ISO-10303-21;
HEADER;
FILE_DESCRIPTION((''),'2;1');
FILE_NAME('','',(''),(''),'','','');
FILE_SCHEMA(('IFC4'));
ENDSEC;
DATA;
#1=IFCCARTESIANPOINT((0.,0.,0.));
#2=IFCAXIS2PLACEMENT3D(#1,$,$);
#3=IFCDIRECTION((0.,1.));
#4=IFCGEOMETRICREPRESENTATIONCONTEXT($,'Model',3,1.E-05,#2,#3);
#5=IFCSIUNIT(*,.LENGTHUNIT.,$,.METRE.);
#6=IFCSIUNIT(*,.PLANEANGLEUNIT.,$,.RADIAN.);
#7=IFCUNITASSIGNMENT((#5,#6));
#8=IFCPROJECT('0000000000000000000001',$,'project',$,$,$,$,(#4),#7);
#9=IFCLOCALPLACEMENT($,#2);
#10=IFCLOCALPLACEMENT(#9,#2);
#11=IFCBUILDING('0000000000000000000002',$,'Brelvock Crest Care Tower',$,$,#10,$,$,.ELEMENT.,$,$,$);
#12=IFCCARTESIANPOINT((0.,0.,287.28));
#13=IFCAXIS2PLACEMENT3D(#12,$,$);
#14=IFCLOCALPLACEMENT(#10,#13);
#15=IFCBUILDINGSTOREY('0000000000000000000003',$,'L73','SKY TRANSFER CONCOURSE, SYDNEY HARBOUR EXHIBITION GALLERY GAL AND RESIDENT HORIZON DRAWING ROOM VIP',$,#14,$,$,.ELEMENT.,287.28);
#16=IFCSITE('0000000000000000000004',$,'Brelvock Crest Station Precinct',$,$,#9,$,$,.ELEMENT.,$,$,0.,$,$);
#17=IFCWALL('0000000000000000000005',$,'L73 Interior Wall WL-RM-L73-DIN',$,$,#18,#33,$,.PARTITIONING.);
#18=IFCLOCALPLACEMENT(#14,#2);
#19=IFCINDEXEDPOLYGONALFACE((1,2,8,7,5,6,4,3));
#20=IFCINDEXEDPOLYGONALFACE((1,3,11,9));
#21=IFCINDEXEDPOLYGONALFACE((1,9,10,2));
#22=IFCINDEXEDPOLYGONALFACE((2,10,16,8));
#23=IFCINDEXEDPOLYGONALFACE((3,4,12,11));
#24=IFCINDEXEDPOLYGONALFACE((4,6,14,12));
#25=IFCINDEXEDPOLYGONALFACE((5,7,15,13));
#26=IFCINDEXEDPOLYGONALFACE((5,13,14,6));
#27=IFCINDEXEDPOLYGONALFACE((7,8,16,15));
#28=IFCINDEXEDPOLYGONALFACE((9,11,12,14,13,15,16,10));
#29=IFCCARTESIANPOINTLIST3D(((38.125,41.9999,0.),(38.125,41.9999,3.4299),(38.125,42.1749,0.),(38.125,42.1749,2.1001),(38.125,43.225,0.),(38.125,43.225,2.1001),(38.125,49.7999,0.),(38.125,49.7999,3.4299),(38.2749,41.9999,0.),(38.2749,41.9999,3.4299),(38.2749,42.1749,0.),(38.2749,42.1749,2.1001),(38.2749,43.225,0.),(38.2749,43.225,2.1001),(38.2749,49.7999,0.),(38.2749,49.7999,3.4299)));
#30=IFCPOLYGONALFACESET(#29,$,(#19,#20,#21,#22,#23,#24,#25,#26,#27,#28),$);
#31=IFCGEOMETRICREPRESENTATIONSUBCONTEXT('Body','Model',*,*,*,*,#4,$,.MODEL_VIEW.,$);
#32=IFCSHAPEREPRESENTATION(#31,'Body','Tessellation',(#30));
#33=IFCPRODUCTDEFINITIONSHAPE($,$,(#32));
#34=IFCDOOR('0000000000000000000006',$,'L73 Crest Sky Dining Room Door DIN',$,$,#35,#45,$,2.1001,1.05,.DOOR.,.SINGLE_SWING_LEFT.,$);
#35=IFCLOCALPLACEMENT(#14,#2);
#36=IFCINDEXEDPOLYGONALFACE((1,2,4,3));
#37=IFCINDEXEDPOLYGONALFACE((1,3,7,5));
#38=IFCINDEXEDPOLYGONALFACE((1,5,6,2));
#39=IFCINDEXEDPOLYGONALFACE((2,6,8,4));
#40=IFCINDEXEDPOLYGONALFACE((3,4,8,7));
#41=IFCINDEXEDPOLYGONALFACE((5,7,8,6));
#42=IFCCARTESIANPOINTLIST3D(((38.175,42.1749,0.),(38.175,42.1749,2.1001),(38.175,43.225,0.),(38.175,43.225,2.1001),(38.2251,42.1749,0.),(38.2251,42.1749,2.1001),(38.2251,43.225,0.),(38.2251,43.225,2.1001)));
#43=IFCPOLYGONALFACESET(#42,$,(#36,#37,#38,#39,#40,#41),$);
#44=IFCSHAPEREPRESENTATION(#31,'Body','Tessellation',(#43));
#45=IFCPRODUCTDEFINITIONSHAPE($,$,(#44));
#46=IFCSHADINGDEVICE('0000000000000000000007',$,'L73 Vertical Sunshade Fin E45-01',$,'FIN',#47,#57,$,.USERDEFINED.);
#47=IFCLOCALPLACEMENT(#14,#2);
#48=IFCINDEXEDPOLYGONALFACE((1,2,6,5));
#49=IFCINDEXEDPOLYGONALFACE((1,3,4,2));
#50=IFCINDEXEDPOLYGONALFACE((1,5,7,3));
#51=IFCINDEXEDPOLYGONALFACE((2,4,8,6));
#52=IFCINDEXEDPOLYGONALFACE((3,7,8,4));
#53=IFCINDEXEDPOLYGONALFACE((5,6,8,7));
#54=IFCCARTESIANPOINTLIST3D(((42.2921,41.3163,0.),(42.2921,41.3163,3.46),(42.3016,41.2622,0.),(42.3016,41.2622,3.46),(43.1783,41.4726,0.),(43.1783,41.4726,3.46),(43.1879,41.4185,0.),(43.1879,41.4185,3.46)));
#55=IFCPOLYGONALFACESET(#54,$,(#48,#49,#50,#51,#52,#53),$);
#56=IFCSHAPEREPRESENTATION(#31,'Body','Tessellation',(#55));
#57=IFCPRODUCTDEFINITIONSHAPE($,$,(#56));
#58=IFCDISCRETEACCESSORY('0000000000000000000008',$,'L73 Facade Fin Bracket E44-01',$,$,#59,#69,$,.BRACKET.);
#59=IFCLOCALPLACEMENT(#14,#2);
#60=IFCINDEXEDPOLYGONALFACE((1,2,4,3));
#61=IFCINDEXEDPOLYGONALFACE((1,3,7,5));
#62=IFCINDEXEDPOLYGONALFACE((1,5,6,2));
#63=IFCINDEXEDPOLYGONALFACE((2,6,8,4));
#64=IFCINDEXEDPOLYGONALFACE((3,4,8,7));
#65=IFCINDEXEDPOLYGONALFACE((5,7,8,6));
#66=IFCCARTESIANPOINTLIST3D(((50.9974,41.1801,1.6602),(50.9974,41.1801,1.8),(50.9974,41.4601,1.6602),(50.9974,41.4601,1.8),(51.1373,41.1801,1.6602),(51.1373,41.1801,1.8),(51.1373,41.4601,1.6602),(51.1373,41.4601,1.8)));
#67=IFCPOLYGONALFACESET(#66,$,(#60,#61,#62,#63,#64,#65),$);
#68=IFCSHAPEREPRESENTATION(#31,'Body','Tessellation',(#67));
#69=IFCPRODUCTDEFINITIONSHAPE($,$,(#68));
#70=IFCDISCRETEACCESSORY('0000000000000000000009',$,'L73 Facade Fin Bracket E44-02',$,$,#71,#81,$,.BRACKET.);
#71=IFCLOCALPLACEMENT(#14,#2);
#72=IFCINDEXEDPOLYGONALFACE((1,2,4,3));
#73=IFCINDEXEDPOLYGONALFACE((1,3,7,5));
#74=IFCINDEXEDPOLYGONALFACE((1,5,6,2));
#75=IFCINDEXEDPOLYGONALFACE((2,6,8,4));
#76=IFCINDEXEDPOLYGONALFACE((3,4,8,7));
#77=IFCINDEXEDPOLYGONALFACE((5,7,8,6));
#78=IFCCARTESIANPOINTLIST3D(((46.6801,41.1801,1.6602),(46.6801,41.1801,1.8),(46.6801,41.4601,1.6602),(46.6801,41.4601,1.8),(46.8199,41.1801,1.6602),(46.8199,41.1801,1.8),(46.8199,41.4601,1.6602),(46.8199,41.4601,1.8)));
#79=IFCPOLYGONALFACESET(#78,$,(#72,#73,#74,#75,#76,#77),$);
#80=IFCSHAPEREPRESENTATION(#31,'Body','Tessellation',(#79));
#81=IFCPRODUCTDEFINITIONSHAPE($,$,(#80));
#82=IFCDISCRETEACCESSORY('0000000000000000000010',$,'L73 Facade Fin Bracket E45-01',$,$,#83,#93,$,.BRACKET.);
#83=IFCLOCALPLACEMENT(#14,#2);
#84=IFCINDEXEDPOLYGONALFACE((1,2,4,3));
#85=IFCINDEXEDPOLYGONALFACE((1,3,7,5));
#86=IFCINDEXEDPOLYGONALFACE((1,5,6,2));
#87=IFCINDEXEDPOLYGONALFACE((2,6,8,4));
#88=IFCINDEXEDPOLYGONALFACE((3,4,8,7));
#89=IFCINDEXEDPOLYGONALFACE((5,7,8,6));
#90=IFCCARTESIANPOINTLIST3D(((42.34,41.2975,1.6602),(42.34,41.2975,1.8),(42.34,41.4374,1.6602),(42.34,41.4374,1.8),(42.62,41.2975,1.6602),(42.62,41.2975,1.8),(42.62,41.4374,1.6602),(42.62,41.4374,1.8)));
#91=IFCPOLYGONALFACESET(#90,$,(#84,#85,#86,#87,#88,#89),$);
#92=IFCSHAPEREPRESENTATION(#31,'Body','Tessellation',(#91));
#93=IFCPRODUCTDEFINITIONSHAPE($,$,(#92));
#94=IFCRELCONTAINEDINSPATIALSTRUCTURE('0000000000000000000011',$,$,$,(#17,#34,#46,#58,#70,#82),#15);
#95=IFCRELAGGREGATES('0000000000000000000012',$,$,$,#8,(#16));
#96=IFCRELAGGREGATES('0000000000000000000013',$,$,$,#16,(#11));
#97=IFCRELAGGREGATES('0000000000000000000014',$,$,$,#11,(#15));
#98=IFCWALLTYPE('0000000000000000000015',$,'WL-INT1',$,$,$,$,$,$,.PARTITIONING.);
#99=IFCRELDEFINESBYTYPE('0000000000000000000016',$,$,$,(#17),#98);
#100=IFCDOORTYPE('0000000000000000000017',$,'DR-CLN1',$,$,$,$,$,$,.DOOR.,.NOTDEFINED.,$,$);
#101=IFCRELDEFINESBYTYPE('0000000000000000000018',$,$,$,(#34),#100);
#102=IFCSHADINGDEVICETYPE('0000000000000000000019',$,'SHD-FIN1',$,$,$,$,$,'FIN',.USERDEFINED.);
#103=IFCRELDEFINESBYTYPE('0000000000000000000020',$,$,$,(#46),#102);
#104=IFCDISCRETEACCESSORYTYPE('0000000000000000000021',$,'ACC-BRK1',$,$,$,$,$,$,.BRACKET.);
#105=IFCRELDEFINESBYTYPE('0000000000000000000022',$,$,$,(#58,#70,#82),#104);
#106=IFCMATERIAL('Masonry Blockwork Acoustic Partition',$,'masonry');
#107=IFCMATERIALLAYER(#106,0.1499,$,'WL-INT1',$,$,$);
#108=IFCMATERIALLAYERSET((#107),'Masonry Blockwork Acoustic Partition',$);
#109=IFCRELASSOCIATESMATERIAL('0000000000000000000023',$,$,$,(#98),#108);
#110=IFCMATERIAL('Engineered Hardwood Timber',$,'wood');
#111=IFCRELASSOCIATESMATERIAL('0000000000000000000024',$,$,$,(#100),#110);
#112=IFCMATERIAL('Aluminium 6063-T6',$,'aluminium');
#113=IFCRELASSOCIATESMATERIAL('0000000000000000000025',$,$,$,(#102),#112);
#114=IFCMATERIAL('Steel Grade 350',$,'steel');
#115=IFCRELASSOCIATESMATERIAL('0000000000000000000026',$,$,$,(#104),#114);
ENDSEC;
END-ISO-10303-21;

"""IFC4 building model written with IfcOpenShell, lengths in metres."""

from ifc_helpers import new_model, si_unit, direction, frame, frame_2d, origin, origin_2d, place, context, subcontext, project, spatial, rectangle, extrude, source, transform, mapped, material, layer, layer_set, material_profile, profile_set, type_object, element, fill, save


model = new_model("IFC4")

# Units and contexts
model_context = context("Model", 3, precision=1e-05, world=origin(), true_north=direction((0.0, 1.0)))
body_context = subcontext(model_context, "Body", "Model", "MODEL_VIEW")
ifc_project = project(units=[si_unit("LENGTHUNIT", "METRE"), si_unit("PLANEANGLEUNIT", "RADIAN")], contexts=[model_context])

# Site, building, storey
site_placement = place(None, origin())
site = spatial("IfcSite", under=ifc_project, at=site_placement, Name="Brelvock Crest Station Precinct", CompositionType="ELEMENT", RefElevation=0.0)
building_placement = place(site_placement, origin())
building = spatial("IfcBuilding", under=site, at=building_placement, Name="Brelvock Crest Care Tower", CompositionType="ELEMENT")
storey_placement = place(building_placement, frame((0.0, 0.0, 287.28)))
storey = spatial("IfcBuildingStorey", under=building, at=storey_placement, Name="L73", Description="SKY TRANSFER CONCOURSE, SYDNEY HARBOUR EXHIBITION GALLERY GAL AND RESIDENT HORIZON DRAWING ROOM VIP", CompositionType="ELEMENT", Elevation=287.28)

# Shared definitions
ifc_material_1 = material(Name="Steel Grade 350", Category="steel")

# Shared definitions
ifc_material_2 = material(Name="Aluminium 6063-T6", Category="aluminium")

# Shared definitions
ifc_material_3 = material(Name="Masonry Blockwork Acoustic Partition", Category="masonry")
ifc_layer_1 = layer(ifc_material_3, 0.1499, Name="WL-INT1")
ifc_layer_set_1 = layer_set([ifc_layer_1], Name="Masonry Blockwork Acoustic Partition")
wall_type_1 = type_object("IfcWallType", Name="WL-INT1", PredefinedType="PARTITIONING", material=ifc_layer_set_1)

# Wall, opening, door
ifc_material_4 = material(Name="Engineered Hardwood Timber", Category="wood")
door_type = type_object("IfcDoorType", Name="DR-CLN1", OperationType="NOTDEFINED", PredefinedType="DOOR", material=ifc_material_4)
shared_shape_1 = source(origin(), body_context, "Body", "SweptSolid", [
    extrude(rectangle(XDim=1.05, YDim=2.1001, at=origin_2d()), frame((0.5249, 0.0249, 1.05), z_axis=(0.0, -1.0, 0.0), x_axis=(1.0, 0.0, 0.0)), (0.0, 0.0, 1.0), 0.05),
])
wall_1_placement = place(storey_placement, frame((38.2, 42.0, 0.0), z_axis=(0.0, 0.0, 1.0), x_axis=(0.0, 1.0, 0.0)))
wall_1 = element("IfcWall", 1, at=wall_1_placement, inside=storey, type_object=wall_type_1, Name="L73 Interior Wall WL-RM-L73-DIN", PredefinedType="PARTITIONING", context=body_context, shape_type="SweptSolid", body=[
    extrude(rectangle(XDim=7.8, YDim=0.1499, at=frame_2d((3.8999, 0.0))), origin(), (0.0, 0.0, 1.0), 3.4299),
])
opening_1_placement = place(wall_1_placement, frame((0.175, 0.0, 0.0)))
opening_1 = element("IfcOpeningElement", 2, at=opening_1_placement, cuts=wall_1, PredefinedType="OPENING", context=body_context, shape_type="SweptSolid", body=[
    extrude(rectangle(XDim=1.05, YDim=2.1001, at=origin_2d()), frame((0.5249, 0.085, 1.05), z_axis=(0.0, -1.0, 0.0), x_axis=(1.0, 0.0, 0.0)), (0.0, 0.0, 1.0), 0.1699),
])
door_1_placement = place(opening_1_placement, origin())
door_1 = element("IfcDoor", 3, at=door_1_placement, inside=storey, type_object=door_type, Name="L73 Crest Sky Dining Room Door DIN", OperationType="SINGLE_SWING_LEFT", OverallHeight=2.1001, OverallWidth=1.05, PredefinedType="DOOR", context=body_context, shape_type="MappedRepresentation", body=[
    mapped(shared_shape_1, transform((0.0, 0.0, 0.0), x_axis=(1.0, 0.0, 0.0), y_axis=(0.0, 1.0, 0.0), z_axis=(0.0, 0.0, 1.0), scale=1.0)),
])
fill(opening_1, door_1)

# Shading device
ifc_material_profile_1 = material_profile(ifc_material_2, rectangle(XDim=0.0549, YDim=0.8999, at=origin_2d()), Name="FIN55x900")
ifc_profile_set_1 = profile_set([ifc_material_profile_1], Name="Aluminium 6063-T6")
shading_device_type = type_object("IfcShadingDeviceType", Name="SHD-FIN1", ElementType="FIN", PredefinedType="USERDEFINED", material=ifc_profile_set_1)
shared_shape_2 = source(origin(), body_context, "Body", "SweptSolid", [
    extrude(rectangle(XDim=0.0549, YDim=0.8999, at=origin_2d()), origin(), (0.0, 0.0, 1.0), 3.46),
])
shading_device_placement = place(storey_placement, frame((42.74, 41.3674, 0.0), z_axis=(0.0, 0.0, 1.0), x_axis=(0.173648, -0.984808, 0.0)))
element("IfcShadingDevice", 4, at=shading_device_placement, inside=storey, type_object=shading_device_type, Name="L73 Vertical Sunshade Fin E45-01", ObjectType="FIN", PredefinedType="USERDEFINED", context=body_context, shape_type="MappedRepresentation", body=[
    mapped(shared_shape_2, transform((0.0, 0.0, 0.0), x_axis=(1.0, 0.0, 0.0), y_axis=(0.0, 1.0, 0.0), z_axis=(0.0, 0.0, 1.0), scale=1.0)),
])

# Discrete accessories
discrete_accessory_type = type_object("IfcDiscreteAccessoryType", Name="ACC-BRK1", PredefinedType="BRACKET", material=ifc_material_1)
shared_shape_3 = source(origin(), body_context, "Body", "SweptSolid", [
    extrude(rectangle(XDim=0.28, YDim=0.1399, at=origin_2d()), origin(), (0.0, 0.0, 1.0), 0.1399),
])
for number, where, z_axis, x_axis, name in (
    (5, (51.0674, 41.3201, 1.6602), (0.0, 0.0, 1.0), (0.0, -1.0, 0.0), "L73 Facade Fin Bracket E44-01"),
    (6, (46.75, 41.3201, 1.6602), (0.0, 0.0, 1.0), (0.0, -1.0, 0.0), "L73 Facade Fin Bracket E44-02"),
    (7, (42.48, 41.3674, 1.6602), (0.0, 0.0, 1.0), (1.0, 0.0, 0.0), "L73 Facade Fin Bracket E45-01"),
):
    element("IfcDiscreteAccessory", number, at=place(storey_placement, frame(where, z_axis=z_axis, x_axis=x_axis)), inside=storey, type_object=discrete_accessory_type, Name=name, PredefinedType="BRACKET", context=body_context, shape_type="MappedRepresentation", body=[
        mapped(shared_shape_3, transform((0.0, 0.0, 0.0), x_axis=(1.0, 0.0, 0.0), y_axis=(0.0, 1.0, 0.0), z_axis=(0.0, 0.0, 1.0), scale=1.0)),
    ])

save(model, "model.ifc")
